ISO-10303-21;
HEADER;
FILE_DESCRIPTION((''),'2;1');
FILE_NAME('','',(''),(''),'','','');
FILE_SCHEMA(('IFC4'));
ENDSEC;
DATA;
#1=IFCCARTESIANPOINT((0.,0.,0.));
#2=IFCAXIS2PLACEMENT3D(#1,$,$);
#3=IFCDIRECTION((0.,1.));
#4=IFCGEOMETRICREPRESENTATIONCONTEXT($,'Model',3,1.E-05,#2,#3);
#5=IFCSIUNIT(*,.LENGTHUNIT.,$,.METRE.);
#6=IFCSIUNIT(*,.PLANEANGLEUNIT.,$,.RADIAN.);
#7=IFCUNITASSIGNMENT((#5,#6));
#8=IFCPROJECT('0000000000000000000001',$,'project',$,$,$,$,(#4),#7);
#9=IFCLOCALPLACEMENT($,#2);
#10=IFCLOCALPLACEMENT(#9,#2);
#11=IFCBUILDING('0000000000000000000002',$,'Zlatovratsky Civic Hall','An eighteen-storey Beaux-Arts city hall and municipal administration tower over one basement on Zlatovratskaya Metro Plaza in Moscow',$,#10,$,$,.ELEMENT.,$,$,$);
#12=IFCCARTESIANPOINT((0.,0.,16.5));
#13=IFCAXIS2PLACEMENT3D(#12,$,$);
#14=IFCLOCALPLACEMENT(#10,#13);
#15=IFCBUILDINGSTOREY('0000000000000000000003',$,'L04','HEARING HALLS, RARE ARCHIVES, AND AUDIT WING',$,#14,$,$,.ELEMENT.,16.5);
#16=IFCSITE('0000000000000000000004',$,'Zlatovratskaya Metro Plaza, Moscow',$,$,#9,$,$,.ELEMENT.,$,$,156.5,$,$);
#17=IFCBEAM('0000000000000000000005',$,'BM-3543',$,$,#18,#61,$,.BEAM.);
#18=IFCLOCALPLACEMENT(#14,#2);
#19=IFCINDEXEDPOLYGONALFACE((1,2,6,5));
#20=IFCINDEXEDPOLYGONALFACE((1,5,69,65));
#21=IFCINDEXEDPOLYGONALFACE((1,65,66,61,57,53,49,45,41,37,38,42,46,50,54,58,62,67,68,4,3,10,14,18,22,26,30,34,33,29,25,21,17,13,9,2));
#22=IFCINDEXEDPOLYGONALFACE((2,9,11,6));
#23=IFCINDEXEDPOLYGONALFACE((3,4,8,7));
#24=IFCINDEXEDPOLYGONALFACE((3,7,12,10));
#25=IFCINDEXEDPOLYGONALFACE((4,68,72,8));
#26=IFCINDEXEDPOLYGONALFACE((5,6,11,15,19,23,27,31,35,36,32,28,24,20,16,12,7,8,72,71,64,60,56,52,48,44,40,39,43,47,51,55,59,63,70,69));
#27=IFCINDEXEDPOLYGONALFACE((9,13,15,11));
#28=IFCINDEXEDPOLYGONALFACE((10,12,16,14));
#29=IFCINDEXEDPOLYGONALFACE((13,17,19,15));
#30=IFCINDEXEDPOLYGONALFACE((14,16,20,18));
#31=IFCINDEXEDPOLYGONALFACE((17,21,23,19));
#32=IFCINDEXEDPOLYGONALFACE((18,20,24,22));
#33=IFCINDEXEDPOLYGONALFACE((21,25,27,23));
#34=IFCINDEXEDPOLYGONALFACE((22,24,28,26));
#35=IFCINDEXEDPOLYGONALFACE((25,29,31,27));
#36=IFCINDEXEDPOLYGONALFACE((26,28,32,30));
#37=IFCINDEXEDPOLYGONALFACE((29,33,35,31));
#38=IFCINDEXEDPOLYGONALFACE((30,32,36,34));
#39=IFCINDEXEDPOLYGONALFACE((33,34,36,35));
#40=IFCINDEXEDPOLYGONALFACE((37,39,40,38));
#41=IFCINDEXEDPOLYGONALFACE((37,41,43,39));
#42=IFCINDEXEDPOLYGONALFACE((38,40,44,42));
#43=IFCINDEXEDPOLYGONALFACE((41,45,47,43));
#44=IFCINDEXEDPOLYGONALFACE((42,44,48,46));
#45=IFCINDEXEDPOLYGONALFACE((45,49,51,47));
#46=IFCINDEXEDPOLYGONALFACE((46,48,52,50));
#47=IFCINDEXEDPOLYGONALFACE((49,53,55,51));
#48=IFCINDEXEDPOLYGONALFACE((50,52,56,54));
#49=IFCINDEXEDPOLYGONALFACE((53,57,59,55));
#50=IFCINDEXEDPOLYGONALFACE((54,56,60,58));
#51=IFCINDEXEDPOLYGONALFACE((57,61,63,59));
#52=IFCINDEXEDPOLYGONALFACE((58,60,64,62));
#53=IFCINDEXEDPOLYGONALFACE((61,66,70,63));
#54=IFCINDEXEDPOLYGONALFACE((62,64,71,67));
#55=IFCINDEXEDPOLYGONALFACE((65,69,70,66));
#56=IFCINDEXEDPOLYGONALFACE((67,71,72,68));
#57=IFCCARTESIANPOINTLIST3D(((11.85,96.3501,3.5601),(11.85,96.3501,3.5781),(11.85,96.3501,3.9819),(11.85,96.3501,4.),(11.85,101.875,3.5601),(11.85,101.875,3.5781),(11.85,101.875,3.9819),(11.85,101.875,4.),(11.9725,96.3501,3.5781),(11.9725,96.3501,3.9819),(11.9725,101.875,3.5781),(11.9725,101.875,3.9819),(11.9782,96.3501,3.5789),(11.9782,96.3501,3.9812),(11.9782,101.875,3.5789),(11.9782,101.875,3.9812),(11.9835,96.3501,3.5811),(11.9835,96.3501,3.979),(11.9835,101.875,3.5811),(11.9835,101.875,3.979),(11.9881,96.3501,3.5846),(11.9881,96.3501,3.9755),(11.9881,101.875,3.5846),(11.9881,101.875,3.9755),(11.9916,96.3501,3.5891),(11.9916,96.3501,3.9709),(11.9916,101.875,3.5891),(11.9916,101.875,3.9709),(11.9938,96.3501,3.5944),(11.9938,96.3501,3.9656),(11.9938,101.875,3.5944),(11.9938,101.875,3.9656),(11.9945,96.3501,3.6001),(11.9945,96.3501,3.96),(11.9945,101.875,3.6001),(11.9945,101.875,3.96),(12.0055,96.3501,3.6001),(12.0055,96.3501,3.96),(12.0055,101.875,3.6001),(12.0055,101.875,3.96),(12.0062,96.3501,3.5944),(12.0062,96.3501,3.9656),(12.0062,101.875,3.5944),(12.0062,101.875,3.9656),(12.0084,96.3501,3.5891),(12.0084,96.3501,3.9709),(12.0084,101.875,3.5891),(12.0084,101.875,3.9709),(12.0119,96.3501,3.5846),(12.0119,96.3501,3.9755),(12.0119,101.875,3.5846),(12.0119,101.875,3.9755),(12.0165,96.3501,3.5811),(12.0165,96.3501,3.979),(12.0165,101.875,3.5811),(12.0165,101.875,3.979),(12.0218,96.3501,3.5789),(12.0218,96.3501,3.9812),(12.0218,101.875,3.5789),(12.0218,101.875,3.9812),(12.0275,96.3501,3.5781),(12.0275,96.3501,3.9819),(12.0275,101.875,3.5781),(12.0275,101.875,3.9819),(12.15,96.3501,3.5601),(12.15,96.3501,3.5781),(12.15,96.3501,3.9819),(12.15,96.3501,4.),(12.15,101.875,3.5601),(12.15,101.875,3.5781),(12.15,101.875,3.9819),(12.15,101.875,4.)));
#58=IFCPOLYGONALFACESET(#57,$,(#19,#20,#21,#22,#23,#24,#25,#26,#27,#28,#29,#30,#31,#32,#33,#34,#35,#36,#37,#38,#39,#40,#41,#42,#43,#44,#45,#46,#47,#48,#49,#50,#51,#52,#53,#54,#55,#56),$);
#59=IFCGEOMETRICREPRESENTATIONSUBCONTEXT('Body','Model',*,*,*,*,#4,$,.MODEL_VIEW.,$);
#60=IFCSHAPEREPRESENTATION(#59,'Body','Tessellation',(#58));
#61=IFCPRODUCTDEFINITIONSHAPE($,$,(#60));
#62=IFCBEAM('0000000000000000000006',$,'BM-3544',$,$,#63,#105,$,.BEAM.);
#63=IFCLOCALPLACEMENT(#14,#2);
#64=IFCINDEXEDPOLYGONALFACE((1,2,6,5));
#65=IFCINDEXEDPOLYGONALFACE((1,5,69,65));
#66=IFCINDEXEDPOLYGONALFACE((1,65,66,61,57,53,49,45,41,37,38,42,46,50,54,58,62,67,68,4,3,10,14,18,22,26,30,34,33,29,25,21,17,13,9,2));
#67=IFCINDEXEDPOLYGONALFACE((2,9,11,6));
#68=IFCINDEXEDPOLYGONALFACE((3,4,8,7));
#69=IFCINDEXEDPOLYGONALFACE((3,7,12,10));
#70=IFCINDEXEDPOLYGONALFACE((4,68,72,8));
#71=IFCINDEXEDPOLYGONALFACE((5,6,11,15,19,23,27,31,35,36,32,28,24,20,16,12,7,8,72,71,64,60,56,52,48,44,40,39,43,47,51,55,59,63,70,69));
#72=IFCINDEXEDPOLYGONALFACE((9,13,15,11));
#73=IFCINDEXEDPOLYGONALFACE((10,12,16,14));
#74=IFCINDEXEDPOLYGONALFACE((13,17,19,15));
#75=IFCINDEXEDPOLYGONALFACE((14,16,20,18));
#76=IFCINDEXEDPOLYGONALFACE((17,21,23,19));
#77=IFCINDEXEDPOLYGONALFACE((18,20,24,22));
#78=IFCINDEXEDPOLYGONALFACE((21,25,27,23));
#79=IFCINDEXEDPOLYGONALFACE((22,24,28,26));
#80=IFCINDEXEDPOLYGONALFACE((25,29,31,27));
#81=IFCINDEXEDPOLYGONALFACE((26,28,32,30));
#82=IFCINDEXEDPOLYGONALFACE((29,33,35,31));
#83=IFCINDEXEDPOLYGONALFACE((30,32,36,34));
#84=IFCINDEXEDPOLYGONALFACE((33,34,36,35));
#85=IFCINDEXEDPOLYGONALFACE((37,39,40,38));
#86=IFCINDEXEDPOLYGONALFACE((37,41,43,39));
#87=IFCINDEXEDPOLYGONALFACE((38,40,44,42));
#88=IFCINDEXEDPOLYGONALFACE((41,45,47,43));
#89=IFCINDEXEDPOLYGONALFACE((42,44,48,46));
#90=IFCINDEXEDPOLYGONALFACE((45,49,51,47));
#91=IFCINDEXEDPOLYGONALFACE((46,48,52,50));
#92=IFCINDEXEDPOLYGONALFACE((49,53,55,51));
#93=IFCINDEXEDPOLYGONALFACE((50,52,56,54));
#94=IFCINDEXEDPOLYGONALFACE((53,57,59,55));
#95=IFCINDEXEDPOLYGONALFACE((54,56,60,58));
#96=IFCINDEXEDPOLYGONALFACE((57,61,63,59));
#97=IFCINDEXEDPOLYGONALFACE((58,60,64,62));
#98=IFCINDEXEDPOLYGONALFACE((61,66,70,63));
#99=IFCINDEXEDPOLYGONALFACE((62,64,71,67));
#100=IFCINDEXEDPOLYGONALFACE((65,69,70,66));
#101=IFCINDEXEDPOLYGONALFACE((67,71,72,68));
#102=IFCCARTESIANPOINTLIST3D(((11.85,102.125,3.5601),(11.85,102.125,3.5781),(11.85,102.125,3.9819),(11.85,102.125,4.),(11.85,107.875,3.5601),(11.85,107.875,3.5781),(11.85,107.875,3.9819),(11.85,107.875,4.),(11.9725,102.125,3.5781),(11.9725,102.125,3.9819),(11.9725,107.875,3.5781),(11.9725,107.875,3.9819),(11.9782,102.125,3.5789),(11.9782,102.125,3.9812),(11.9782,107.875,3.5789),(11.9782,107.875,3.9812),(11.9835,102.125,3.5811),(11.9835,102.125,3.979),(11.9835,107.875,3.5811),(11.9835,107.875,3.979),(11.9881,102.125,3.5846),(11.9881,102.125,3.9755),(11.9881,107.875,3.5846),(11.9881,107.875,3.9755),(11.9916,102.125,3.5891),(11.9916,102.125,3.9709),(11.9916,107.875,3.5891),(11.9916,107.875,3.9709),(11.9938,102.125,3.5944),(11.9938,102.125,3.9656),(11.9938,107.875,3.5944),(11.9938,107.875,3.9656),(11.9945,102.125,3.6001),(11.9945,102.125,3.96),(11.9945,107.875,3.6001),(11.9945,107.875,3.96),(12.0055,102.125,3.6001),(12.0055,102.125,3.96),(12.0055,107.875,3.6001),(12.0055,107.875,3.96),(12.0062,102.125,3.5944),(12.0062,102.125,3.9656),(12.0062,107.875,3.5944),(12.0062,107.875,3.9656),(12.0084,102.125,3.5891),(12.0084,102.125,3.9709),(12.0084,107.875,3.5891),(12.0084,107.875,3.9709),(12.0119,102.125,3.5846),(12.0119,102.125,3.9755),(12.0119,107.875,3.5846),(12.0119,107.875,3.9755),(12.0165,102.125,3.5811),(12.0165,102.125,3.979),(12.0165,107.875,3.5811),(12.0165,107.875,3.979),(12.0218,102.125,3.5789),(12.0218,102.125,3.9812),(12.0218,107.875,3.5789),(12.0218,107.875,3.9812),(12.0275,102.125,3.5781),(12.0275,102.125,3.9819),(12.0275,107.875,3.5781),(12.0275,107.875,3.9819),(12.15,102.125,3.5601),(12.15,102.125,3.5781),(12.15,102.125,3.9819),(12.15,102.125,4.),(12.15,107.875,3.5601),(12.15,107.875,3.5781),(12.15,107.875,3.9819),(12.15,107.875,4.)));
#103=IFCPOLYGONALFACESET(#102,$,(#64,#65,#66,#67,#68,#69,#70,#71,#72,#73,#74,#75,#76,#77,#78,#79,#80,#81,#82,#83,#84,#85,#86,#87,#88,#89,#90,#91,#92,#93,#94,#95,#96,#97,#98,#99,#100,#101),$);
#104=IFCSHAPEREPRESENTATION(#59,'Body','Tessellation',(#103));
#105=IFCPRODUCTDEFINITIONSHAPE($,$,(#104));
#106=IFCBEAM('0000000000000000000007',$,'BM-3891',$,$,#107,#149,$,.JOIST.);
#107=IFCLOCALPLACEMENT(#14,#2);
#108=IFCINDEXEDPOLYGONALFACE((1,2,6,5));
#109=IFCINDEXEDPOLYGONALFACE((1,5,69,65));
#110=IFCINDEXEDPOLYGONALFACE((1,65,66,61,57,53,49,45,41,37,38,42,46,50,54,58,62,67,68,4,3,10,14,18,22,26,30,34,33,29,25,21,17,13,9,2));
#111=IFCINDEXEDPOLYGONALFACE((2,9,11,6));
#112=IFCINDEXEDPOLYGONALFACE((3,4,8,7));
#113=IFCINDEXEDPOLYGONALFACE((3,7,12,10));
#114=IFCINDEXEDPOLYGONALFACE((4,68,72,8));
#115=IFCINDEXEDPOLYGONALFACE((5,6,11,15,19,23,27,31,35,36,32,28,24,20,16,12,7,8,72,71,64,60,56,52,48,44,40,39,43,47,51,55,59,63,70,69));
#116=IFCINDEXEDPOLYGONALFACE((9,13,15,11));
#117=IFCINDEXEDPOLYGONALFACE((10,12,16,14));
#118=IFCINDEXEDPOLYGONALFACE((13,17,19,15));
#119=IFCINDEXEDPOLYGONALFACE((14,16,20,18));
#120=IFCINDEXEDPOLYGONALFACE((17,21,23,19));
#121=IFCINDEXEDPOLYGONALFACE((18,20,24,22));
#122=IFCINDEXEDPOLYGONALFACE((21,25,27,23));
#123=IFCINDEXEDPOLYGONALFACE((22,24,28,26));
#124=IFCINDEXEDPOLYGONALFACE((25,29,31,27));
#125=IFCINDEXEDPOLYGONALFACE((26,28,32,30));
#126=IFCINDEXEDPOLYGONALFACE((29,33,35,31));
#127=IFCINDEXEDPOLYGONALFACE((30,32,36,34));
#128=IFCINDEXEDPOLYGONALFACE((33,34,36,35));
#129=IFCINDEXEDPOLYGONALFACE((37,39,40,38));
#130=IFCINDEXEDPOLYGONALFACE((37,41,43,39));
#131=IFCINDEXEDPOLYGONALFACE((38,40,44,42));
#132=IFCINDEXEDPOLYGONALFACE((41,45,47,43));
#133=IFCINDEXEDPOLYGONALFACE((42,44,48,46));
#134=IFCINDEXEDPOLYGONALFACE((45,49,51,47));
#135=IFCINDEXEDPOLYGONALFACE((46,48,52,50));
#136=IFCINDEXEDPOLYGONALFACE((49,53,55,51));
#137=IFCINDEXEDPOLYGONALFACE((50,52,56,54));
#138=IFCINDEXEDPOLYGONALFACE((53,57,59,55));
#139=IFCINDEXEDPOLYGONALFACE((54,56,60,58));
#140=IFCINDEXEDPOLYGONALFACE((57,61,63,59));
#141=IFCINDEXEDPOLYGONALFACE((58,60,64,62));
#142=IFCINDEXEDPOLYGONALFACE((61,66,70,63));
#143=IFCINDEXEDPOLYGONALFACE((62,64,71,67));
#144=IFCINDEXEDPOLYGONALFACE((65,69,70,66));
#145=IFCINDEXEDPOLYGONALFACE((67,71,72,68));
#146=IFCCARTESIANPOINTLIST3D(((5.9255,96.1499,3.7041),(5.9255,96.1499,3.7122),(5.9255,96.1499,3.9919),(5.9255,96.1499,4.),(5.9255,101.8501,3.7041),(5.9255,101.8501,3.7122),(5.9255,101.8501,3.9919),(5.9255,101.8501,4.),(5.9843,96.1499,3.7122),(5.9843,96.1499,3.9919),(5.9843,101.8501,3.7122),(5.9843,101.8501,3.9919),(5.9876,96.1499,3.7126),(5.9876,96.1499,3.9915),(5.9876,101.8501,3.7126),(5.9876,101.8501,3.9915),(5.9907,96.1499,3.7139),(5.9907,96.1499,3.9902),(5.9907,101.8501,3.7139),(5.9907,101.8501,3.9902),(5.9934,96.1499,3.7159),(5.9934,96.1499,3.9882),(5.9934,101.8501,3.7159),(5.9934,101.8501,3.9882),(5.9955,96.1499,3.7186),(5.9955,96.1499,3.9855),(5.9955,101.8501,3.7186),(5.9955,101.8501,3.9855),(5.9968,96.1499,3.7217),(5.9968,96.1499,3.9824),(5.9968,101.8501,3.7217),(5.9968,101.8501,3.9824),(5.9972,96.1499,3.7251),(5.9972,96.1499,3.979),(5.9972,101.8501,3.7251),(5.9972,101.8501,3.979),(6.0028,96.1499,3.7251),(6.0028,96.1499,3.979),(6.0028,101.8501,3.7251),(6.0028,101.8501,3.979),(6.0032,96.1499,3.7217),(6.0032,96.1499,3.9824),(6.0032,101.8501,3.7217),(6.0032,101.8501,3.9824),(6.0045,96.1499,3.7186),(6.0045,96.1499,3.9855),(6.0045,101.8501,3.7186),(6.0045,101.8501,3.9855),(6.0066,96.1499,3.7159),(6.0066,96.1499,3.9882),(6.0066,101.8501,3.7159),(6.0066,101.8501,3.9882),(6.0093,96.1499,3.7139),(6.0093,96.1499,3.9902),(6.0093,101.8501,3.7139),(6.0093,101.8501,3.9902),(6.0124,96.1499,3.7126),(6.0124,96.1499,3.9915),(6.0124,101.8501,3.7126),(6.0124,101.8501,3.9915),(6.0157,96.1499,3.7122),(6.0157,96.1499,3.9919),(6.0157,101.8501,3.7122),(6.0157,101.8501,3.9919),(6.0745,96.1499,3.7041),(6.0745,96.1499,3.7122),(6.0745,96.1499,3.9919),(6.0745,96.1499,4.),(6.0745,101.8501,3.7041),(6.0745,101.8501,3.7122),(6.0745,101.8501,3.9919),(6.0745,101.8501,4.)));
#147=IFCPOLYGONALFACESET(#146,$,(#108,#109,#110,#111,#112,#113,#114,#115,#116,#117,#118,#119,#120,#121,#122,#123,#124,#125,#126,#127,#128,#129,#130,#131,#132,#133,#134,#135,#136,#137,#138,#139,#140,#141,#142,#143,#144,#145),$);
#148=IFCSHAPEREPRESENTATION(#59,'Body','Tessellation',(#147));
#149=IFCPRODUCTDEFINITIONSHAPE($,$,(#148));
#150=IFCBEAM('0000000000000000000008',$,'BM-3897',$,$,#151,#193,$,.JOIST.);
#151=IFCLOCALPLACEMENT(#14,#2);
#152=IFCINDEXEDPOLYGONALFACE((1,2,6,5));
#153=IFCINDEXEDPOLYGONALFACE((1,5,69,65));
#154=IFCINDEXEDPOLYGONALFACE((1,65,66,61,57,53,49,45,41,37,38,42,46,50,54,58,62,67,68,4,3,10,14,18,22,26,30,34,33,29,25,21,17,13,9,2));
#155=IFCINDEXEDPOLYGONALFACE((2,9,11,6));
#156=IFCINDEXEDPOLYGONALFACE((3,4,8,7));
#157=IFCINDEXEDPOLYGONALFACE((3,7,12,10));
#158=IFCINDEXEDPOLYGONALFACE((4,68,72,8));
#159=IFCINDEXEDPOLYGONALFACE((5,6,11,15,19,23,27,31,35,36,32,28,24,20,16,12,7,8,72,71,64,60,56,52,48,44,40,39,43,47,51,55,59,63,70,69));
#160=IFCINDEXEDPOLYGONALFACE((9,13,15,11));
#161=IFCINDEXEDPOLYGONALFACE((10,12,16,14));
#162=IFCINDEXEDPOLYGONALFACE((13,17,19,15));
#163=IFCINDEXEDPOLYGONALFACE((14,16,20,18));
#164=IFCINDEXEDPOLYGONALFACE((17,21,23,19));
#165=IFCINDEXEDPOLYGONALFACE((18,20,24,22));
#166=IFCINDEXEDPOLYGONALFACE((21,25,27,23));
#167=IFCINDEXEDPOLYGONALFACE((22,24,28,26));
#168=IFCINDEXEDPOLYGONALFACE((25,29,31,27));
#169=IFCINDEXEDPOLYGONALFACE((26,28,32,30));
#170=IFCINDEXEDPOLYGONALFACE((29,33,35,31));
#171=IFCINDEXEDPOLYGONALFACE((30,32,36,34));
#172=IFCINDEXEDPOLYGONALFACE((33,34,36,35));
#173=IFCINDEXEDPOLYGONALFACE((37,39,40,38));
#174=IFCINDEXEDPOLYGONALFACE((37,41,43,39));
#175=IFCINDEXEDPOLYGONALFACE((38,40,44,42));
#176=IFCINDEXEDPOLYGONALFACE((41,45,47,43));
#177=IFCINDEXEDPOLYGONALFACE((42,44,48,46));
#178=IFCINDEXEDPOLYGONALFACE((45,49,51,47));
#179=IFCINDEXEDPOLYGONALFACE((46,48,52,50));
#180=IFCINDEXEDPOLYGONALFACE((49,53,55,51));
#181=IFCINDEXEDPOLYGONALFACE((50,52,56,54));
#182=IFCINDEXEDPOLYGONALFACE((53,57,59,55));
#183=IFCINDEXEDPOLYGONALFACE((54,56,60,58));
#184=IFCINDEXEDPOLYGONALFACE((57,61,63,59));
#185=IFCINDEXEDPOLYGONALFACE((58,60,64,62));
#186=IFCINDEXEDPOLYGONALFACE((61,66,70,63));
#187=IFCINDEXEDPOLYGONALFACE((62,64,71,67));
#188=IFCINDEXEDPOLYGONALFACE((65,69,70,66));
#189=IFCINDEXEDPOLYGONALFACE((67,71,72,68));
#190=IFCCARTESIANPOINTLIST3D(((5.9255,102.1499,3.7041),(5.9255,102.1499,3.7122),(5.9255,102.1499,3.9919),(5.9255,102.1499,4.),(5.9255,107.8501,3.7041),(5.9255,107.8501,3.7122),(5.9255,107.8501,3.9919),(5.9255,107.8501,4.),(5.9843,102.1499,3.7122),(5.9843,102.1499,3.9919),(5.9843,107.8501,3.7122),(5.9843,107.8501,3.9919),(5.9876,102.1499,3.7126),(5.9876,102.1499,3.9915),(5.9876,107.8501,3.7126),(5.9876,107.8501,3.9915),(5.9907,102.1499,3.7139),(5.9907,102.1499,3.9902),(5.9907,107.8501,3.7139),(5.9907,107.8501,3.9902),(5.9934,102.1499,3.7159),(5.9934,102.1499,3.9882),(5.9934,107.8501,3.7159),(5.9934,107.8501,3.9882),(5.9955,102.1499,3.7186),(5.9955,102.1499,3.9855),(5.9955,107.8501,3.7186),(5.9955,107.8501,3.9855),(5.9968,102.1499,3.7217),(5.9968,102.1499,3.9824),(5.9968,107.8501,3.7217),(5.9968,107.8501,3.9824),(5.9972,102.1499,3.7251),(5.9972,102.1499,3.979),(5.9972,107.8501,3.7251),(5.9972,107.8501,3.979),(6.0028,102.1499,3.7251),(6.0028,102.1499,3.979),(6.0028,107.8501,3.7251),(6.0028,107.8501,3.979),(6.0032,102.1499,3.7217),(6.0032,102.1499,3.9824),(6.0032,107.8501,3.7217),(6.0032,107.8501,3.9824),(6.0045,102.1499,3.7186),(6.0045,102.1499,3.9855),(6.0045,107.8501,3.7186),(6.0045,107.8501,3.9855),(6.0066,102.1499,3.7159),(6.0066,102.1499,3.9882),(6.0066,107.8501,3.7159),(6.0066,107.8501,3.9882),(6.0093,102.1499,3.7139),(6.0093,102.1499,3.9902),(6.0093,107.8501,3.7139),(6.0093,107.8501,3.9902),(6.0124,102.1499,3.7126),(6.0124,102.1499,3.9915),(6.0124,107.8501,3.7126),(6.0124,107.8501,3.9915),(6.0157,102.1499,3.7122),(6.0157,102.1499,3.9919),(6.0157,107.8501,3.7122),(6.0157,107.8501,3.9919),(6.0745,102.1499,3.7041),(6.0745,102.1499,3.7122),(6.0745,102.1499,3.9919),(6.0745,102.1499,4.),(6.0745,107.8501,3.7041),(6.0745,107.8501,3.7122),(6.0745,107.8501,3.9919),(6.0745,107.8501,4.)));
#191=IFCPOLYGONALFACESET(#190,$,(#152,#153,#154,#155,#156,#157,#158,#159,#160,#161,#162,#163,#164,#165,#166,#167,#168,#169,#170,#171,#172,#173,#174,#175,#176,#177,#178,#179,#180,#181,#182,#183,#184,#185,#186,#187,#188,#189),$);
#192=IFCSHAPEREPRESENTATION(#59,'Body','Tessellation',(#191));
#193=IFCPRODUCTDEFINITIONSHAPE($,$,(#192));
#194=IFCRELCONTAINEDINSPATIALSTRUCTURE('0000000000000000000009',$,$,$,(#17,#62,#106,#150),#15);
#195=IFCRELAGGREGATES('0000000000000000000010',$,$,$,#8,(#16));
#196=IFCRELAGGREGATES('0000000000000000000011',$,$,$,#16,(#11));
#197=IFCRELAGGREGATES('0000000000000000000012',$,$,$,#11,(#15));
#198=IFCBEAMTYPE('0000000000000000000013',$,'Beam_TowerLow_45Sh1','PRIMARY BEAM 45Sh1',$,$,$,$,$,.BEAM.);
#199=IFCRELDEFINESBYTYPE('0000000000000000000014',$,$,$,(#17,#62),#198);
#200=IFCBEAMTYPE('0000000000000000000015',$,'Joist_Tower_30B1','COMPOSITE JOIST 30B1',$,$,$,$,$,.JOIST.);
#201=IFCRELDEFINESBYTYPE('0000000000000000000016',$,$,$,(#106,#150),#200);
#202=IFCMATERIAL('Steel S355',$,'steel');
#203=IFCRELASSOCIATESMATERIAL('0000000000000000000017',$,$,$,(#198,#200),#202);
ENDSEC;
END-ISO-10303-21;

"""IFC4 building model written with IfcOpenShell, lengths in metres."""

from ifc_helpers import new_model, si_unit, direction, frame, origin, origin_2d, place, context, subcontext, project, spatial, i_section, extrude, material, material_profile, profile_set, type_object, element, save


model = new_model("IFC4")

# Units and contexts
model_context = context("Model", 3, precision=1e-05, world=origin(), true_north=direction((0.0, 1.0)))
body_context = subcontext(model_context, "Body", "Model", "MODEL_VIEW")
ifc_project = project(units=[si_unit("LENGTHUNIT", "METRE"), si_unit("PLANEANGLEUNIT", "RADIAN")], contexts=[model_context])

# Site, building, storey
site_placement = place(None, origin())
site = spatial("IfcSite", under=ifc_project, at=site_placement, Name="Zlatovratskaya Metro Plaza, Moscow", CompositionType="ELEMENT", RefElevation=156.5)
building_placement = place(site_placement, origin())
building = spatial("IfcBuilding", under=site, at=building_placement, Name="Zlatovratsky Civic Hall", Description="An eighteen-storey Beaux-Arts city hall and municipal administration tower over one basement on Zlatovratskaya Metro Plaza in Moscow", CompositionType="ELEMENT")
storey_placement = place(building_placement, frame((0.0, 0.0, 16.5)))
storey = spatial("IfcBuildingStorey", under=building, at=storey_placement, Name="L04", Description="HEARING HALLS, RARE ARCHIVES, AND AUDIT WING", CompositionType="ELEMENT", Elevation=16.5)

# Shared definitions
ifc_material_1 = material(Name="Steel S355", Category="steel")

# Beams
ifc_material_profile_1 = material_profile(ifc_material_1, i_section(OverallWidth=0.3, OverallDepth=0.4399, WebThickness=0.011, FlangeThickness=0.0181, FilletRadius=0.022, at=origin_2d()), Name="45Sh1")
ifc_profile_set_1 = profile_set([ifc_material_profile_1], Name="Steel S355")
beam_type_1 = type_object("IfcBeamType", Name="Beam_TowerLow_45Sh1", Description="PRIMARY BEAM 45Sh1", PredefinedType="BEAM", material=ifc_profile_set_1)
beam_1_placement = place(storey_placement, frame((12.0, 96.3501, 3.78), z_axis=(0.0, 1.0, 0.0), x_axis=(-1.0, 0.0, 0.0)))
element("IfcBeam", 1, at=beam_1_placement, inside=storey, type_object=beam_type_1, Name="BM-3543", PredefinedType="BEAM", context=body_context, shape_type="SweptSolid", body=[
    extrude(i_section(OverallWidth=0.3, OverallDepth=0.4399, WebThickness=0.011, FlangeThickness=0.0181, FilletRadius=0.022, at=origin_2d()), origin(), (0.0, 0.0, 1.0), 5.5249),
])
beam_2_placement = place(storey_placement, frame((12.0, 102.125, 3.78), z_axis=(0.0, 1.0, 0.0), x_axis=(-1.0, 0.0, 0.0)))
element("IfcBeam", 2, at=beam_2_placement, inside=storey, type_object=beam_type_1, Name="BM-3544", PredefinedType="BEAM", context=body_context, shape_type="SweptSolid", body=[
    extrude(i_section(OverallWidth=0.3, OverallDepth=0.4399, WebThickness=0.011, FlangeThickness=0.0181, FilletRadius=0.022, at=origin_2d()), origin(), (0.0, 0.0, 1.0), 5.75),
])
ifc_material_profile_2 = material_profile(ifc_material_1, i_section(OverallWidth=0.1489, OverallDepth=0.2959, WebThickness=0.0056, FlangeThickness=0.0081, FilletRadius=0.0129, at=origin_2d()), Name="30B1")
ifc_profile_set_2 = profile_set([ifc_material_profile_2], Name="Steel S355")
beam_type_2 = type_object("IfcBeamType", Name="Joist_Tower_30B1", Description="COMPOSITE JOIST 30B1", PredefinedType="JOIST", material=ifc_profile_set_2)
for number, where, z_axis, x_axis, name in (
    (3, (6.0, 96.1499, 3.8521), (0.0, 1.0, 0.0), (-1.0, 0.0, 0.0), "BM-3891"),
    (4, (6.0, 102.1499, 3.8521), (0.0, 1.0, 0.0), (-1.0, 0.0, 0.0), "BM-3897"),
):
    element("IfcBeam", number, at=place(storey_placement, frame(where, z_axis=z_axis, x_axis=x_axis)), inside=storey, type_object=beam_type_2, Name=name, PredefinedType="JOIST", context=body_context, shape_type="SweptSolid", body=[
        extrude(i_section(OverallWidth=0.1489, OverallDepth=0.2959, WebThickness=0.0056, FlangeThickness=0.0081, FilletRadius=0.0129, at=origin_2d()), origin(), (0.0, 0.0, 1.0), 5.7002),
    ])

save(model, "model.ifc")
